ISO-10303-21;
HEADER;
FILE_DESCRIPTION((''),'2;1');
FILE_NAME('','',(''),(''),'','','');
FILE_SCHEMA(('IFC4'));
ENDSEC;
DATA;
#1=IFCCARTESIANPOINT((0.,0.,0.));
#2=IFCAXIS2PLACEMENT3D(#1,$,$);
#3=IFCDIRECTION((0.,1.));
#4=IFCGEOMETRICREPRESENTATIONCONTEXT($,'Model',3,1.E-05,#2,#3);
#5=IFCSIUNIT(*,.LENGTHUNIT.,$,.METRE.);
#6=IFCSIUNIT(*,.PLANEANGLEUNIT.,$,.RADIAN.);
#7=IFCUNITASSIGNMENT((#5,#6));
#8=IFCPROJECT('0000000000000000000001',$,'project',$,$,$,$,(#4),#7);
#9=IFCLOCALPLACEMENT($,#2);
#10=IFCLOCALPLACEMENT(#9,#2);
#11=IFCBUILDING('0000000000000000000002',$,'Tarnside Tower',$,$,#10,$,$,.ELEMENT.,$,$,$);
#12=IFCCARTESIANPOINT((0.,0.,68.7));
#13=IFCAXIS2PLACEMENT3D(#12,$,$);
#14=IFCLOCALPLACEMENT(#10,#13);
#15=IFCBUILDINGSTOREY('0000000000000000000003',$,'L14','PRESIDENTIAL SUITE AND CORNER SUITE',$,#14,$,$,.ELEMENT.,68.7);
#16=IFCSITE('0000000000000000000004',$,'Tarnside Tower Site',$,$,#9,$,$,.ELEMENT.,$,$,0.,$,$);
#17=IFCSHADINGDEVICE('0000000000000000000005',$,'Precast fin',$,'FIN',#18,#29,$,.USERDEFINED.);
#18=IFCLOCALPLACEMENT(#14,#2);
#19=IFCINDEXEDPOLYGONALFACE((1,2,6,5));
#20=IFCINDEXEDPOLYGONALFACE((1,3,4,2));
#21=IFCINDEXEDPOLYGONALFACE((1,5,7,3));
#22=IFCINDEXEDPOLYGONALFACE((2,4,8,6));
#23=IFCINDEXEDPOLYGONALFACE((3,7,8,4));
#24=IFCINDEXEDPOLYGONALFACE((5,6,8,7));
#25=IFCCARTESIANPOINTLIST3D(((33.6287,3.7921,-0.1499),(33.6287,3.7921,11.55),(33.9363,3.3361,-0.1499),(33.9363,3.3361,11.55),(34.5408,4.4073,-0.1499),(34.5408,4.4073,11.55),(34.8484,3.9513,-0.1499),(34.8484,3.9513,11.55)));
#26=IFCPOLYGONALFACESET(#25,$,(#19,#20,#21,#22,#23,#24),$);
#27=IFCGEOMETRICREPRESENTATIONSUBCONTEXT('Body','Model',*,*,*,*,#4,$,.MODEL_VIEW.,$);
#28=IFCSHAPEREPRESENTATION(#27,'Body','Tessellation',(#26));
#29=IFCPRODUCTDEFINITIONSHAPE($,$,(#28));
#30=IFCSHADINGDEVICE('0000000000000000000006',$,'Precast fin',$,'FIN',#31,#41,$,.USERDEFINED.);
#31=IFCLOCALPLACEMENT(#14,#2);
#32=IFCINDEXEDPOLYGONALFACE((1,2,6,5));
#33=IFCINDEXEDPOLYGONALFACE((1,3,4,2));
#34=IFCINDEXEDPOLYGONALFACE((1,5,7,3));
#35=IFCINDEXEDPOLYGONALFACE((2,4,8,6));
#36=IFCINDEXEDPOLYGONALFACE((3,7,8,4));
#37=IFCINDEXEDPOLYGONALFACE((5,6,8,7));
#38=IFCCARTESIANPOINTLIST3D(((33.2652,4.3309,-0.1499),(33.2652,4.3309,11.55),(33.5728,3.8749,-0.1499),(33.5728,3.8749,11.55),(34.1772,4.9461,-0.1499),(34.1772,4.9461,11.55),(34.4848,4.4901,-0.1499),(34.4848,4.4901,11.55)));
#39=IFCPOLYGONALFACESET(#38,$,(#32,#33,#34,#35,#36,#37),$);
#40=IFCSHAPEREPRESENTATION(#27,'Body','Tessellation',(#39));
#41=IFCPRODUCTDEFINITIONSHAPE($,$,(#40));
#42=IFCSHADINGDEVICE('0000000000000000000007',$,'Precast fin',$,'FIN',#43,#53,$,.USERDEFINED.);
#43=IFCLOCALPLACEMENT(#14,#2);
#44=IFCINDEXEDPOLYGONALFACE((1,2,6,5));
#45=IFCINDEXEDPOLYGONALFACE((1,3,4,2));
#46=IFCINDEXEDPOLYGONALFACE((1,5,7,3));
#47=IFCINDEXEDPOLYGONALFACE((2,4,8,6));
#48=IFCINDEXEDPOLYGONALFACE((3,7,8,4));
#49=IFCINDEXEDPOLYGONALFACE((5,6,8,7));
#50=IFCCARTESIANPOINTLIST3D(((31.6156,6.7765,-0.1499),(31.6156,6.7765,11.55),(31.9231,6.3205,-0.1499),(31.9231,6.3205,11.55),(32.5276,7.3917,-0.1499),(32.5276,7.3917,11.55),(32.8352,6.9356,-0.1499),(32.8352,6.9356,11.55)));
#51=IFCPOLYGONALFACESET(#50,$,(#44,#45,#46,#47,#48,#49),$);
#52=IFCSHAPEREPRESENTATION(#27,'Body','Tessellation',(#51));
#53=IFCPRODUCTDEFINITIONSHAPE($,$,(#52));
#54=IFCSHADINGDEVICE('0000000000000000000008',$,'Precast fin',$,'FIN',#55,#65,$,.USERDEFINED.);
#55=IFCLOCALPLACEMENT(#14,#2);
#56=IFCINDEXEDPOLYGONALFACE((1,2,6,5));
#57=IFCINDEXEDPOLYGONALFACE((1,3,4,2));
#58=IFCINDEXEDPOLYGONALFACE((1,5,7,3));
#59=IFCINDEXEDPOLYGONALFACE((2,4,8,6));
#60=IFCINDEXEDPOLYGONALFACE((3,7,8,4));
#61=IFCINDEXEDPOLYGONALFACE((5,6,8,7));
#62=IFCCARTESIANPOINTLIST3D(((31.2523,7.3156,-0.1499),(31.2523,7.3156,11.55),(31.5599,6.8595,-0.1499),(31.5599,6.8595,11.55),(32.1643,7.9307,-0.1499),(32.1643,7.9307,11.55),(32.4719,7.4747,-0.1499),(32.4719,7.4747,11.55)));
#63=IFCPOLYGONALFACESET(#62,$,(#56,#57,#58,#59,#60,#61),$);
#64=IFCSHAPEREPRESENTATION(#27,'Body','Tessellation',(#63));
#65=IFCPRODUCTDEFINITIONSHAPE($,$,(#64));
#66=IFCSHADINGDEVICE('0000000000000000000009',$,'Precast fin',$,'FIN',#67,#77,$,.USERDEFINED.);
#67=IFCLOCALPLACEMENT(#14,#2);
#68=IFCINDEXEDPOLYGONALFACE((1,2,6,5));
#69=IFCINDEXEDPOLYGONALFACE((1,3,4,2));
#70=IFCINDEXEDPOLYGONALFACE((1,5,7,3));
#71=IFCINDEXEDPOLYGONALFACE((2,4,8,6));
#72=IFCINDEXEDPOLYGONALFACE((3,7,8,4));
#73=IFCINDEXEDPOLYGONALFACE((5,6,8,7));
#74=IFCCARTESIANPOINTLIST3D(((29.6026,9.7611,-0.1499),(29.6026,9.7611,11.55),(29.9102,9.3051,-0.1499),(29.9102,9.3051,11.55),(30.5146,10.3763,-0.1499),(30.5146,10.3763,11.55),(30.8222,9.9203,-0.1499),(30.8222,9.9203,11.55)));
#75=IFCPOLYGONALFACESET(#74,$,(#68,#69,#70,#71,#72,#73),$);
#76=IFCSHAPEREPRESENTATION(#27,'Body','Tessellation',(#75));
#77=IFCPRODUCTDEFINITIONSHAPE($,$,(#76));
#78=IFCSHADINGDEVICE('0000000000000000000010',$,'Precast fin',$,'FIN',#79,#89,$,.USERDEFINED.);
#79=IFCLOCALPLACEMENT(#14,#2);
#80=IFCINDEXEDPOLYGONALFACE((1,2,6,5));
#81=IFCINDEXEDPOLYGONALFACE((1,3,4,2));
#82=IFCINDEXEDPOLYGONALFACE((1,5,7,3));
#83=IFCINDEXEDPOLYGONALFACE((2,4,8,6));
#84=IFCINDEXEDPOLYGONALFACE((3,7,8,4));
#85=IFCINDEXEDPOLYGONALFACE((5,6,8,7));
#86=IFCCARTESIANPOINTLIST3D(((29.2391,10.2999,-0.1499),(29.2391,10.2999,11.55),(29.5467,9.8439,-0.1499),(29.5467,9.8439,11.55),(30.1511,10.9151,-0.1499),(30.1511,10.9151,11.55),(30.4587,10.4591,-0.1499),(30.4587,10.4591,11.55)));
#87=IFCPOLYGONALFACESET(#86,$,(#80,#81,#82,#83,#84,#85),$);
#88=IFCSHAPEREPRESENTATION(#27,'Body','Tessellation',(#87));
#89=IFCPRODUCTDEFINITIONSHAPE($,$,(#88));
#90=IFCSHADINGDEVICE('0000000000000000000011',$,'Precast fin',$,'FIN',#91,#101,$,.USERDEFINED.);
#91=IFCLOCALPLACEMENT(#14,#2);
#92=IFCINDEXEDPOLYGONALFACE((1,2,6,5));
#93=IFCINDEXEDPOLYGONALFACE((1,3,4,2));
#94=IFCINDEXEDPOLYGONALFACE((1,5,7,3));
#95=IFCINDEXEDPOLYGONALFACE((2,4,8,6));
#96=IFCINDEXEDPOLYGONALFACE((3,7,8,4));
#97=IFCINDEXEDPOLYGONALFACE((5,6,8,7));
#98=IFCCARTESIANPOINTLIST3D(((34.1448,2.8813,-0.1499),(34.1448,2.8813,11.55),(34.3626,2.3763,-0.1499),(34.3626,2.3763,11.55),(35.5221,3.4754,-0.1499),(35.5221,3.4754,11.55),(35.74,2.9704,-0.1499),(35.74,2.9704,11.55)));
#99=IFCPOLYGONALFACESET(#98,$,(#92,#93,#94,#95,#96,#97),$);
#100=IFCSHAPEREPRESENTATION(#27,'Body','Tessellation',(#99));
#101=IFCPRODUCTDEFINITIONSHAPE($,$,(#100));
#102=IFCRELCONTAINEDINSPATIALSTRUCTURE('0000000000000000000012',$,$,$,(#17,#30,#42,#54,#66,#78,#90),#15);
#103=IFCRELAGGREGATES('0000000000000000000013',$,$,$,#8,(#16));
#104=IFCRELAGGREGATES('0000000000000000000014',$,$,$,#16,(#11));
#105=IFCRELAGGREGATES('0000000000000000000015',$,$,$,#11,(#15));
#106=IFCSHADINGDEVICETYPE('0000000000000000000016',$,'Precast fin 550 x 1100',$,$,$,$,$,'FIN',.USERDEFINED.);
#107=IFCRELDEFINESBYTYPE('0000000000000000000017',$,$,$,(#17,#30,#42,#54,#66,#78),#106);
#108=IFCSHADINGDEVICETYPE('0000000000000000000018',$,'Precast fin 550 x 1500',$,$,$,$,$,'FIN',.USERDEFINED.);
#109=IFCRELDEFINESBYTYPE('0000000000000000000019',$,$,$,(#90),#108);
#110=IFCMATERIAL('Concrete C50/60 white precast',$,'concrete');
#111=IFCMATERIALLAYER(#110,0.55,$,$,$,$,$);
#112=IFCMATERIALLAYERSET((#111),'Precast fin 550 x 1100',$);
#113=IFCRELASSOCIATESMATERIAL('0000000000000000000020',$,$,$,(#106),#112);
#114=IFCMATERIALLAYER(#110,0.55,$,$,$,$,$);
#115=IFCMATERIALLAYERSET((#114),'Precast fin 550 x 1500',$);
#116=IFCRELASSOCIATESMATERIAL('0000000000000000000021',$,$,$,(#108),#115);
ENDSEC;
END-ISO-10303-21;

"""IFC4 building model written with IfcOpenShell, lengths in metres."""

from ifc_helpers import new_model, si_unit, direction, frame, origin, place, context, subcontext, project, spatial, polyline, outline, extrude, material, layer, layer_set, type_object, element, save


model = new_model("IFC4")

# Units and contexts
model_context = context("Model", 3, precision=1e-05, world=origin(), true_north=direction((0.0, 1.0)))
body_context = subcontext(model_context, "Body", "Model", "MODEL_VIEW")
ifc_project = project(units=[si_unit("LENGTHUNIT", "METRE"), si_unit("PLANEANGLEUNIT", "RADIAN")], contexts=[model_context])

# Site, building, storey
site_placement = place(None, origin())
site = spatial("IfcSite", under=ifc_project, at=site_placement, Name="Tarnside Tower Site", CompositionType="ELEMENT", RefElevation=0.0)
building_placement = place(site_placement, origin())
building = spatial("IfcBuilding", under=site, at=building_placement, Name="Tarnside Tower", CompositionType="ELEMENT")
storey_placement = place(building_placement, frame((0.0, 0.0, 68.7)))
storey = spatial("IfcBuildingStorey", under=building, at=storey_placement, Name="L14", Description="PRESIDENTIAL SUITE AND CORNER SUITE", CompositionType="ELEMENT", Elevation=68.7)

# Shading devices
ifc_material_1 = material(Name="Concrete C50/60 white precast", Category="concrete")
ifc_layer_1 = layer(ifc_material_1, 0.55)
ifc_layer_set_1 = layer_set([ifc_layer_1], Name="Precast fin 550 x 1100")
shading_device_type_1 = type_object("IfcShadingDeviceType", Name="Precast fin 550 x 1100", ElementType="FIN", PredefinedType="USERDEFINED", material=ifc_layer_set_1)
for number, where, z_axis, x_axis, name in (
    (1, (33.7825, 3.5642, -0.1499), (0.559193, -0.829038, 0.0), (0.829038, 0.559193, 0.0), "Precast fin"),
    (2, (33.4189, 4.103, -0.1499), (0.559193, -0.829038, 0.0), (0.829038, 0.559193, 0.0), "Precast fin"),
    (3, (31.7693, 6.5486, -0.1499), (0.559193, -0.829038, 0.0), (0.829038, 0.559193, 0.0), "Precast fin"),
    (4, (31.406, 7.0876, -0.1499), (0.559193, -0.829038, 0.0), (0.829038, 0.559193, 0.0), "Precast fin"),
    (5, (29.7563, 9.5332, -0.1499), (0.559193, -0.829038, 0.0), (0.829038, 0.559193, 0.0), "Precast fin"),
    (6, (29.3928, 10.072, -0.1499), (0.559193, -0.829038, 0.0), (0.829038, 0.559193, 0.0), "Precast fin"),
):
    element("IfcShadingDevice", number, at=place(storey_placement, frame(where, z_axis=z_axis, x_axis=x_axis)), inside=storey, type_object=shading_device_type_1, Name=name, ObjectType="FIN", PredefinedType="USERDEFINED", context=body_context, shape_type="SweptSolid", body=[
        extrude(outline(polyline([(0.0, 0.0), (1.1001, 0.0), (1.1001, 11.7), (0.0, 11.7), (0.0, 0.0)])), frame((0.0, 0.0, -0.2749)), (0.0, 0.0, 1.0), 0.55),
    ])
ifc_layer_2 = layer(ifc_material_1, 0.55)
ifc_layer_set_2 = layer_set([ifc_layer_2], Name="Precast fin 550 x 1500")
shading_device_type_2 = type_object("IfcShadingDeviceType", Name="Precast fin 550 x 1500", ElementType="FIN", PredefinedType="USERDEFINED", material=ifc_layer_set_2)
shading_device_placement = place(storey_placement, frame((34.2537, 2.6289, -0.1499), z_axis=(0.39608, -0.918216, 0.0), x_axis=(0.918216, 0.39608, 0.0)))
element("IfcShadingDevice", 7, at=shading_device_placement, inside=storey, type_object=shading_device_type_2, Name="Precast fin", ObjectType="FIN", PredefinedType="USERDEFINED", context=body_context, shape_type="SweptSolid", body=[
    extrude(outline(polyline([(0.0, 0.0), (1.5, 0.0), (1.5, 11.7), (0.0, 11.7), (0.0, 0.0)])), frame((0.0, 0.0, -0.2749)), (0.0, 0.0, 1.0), 0.55),
])

save(model, "model.ifc")
